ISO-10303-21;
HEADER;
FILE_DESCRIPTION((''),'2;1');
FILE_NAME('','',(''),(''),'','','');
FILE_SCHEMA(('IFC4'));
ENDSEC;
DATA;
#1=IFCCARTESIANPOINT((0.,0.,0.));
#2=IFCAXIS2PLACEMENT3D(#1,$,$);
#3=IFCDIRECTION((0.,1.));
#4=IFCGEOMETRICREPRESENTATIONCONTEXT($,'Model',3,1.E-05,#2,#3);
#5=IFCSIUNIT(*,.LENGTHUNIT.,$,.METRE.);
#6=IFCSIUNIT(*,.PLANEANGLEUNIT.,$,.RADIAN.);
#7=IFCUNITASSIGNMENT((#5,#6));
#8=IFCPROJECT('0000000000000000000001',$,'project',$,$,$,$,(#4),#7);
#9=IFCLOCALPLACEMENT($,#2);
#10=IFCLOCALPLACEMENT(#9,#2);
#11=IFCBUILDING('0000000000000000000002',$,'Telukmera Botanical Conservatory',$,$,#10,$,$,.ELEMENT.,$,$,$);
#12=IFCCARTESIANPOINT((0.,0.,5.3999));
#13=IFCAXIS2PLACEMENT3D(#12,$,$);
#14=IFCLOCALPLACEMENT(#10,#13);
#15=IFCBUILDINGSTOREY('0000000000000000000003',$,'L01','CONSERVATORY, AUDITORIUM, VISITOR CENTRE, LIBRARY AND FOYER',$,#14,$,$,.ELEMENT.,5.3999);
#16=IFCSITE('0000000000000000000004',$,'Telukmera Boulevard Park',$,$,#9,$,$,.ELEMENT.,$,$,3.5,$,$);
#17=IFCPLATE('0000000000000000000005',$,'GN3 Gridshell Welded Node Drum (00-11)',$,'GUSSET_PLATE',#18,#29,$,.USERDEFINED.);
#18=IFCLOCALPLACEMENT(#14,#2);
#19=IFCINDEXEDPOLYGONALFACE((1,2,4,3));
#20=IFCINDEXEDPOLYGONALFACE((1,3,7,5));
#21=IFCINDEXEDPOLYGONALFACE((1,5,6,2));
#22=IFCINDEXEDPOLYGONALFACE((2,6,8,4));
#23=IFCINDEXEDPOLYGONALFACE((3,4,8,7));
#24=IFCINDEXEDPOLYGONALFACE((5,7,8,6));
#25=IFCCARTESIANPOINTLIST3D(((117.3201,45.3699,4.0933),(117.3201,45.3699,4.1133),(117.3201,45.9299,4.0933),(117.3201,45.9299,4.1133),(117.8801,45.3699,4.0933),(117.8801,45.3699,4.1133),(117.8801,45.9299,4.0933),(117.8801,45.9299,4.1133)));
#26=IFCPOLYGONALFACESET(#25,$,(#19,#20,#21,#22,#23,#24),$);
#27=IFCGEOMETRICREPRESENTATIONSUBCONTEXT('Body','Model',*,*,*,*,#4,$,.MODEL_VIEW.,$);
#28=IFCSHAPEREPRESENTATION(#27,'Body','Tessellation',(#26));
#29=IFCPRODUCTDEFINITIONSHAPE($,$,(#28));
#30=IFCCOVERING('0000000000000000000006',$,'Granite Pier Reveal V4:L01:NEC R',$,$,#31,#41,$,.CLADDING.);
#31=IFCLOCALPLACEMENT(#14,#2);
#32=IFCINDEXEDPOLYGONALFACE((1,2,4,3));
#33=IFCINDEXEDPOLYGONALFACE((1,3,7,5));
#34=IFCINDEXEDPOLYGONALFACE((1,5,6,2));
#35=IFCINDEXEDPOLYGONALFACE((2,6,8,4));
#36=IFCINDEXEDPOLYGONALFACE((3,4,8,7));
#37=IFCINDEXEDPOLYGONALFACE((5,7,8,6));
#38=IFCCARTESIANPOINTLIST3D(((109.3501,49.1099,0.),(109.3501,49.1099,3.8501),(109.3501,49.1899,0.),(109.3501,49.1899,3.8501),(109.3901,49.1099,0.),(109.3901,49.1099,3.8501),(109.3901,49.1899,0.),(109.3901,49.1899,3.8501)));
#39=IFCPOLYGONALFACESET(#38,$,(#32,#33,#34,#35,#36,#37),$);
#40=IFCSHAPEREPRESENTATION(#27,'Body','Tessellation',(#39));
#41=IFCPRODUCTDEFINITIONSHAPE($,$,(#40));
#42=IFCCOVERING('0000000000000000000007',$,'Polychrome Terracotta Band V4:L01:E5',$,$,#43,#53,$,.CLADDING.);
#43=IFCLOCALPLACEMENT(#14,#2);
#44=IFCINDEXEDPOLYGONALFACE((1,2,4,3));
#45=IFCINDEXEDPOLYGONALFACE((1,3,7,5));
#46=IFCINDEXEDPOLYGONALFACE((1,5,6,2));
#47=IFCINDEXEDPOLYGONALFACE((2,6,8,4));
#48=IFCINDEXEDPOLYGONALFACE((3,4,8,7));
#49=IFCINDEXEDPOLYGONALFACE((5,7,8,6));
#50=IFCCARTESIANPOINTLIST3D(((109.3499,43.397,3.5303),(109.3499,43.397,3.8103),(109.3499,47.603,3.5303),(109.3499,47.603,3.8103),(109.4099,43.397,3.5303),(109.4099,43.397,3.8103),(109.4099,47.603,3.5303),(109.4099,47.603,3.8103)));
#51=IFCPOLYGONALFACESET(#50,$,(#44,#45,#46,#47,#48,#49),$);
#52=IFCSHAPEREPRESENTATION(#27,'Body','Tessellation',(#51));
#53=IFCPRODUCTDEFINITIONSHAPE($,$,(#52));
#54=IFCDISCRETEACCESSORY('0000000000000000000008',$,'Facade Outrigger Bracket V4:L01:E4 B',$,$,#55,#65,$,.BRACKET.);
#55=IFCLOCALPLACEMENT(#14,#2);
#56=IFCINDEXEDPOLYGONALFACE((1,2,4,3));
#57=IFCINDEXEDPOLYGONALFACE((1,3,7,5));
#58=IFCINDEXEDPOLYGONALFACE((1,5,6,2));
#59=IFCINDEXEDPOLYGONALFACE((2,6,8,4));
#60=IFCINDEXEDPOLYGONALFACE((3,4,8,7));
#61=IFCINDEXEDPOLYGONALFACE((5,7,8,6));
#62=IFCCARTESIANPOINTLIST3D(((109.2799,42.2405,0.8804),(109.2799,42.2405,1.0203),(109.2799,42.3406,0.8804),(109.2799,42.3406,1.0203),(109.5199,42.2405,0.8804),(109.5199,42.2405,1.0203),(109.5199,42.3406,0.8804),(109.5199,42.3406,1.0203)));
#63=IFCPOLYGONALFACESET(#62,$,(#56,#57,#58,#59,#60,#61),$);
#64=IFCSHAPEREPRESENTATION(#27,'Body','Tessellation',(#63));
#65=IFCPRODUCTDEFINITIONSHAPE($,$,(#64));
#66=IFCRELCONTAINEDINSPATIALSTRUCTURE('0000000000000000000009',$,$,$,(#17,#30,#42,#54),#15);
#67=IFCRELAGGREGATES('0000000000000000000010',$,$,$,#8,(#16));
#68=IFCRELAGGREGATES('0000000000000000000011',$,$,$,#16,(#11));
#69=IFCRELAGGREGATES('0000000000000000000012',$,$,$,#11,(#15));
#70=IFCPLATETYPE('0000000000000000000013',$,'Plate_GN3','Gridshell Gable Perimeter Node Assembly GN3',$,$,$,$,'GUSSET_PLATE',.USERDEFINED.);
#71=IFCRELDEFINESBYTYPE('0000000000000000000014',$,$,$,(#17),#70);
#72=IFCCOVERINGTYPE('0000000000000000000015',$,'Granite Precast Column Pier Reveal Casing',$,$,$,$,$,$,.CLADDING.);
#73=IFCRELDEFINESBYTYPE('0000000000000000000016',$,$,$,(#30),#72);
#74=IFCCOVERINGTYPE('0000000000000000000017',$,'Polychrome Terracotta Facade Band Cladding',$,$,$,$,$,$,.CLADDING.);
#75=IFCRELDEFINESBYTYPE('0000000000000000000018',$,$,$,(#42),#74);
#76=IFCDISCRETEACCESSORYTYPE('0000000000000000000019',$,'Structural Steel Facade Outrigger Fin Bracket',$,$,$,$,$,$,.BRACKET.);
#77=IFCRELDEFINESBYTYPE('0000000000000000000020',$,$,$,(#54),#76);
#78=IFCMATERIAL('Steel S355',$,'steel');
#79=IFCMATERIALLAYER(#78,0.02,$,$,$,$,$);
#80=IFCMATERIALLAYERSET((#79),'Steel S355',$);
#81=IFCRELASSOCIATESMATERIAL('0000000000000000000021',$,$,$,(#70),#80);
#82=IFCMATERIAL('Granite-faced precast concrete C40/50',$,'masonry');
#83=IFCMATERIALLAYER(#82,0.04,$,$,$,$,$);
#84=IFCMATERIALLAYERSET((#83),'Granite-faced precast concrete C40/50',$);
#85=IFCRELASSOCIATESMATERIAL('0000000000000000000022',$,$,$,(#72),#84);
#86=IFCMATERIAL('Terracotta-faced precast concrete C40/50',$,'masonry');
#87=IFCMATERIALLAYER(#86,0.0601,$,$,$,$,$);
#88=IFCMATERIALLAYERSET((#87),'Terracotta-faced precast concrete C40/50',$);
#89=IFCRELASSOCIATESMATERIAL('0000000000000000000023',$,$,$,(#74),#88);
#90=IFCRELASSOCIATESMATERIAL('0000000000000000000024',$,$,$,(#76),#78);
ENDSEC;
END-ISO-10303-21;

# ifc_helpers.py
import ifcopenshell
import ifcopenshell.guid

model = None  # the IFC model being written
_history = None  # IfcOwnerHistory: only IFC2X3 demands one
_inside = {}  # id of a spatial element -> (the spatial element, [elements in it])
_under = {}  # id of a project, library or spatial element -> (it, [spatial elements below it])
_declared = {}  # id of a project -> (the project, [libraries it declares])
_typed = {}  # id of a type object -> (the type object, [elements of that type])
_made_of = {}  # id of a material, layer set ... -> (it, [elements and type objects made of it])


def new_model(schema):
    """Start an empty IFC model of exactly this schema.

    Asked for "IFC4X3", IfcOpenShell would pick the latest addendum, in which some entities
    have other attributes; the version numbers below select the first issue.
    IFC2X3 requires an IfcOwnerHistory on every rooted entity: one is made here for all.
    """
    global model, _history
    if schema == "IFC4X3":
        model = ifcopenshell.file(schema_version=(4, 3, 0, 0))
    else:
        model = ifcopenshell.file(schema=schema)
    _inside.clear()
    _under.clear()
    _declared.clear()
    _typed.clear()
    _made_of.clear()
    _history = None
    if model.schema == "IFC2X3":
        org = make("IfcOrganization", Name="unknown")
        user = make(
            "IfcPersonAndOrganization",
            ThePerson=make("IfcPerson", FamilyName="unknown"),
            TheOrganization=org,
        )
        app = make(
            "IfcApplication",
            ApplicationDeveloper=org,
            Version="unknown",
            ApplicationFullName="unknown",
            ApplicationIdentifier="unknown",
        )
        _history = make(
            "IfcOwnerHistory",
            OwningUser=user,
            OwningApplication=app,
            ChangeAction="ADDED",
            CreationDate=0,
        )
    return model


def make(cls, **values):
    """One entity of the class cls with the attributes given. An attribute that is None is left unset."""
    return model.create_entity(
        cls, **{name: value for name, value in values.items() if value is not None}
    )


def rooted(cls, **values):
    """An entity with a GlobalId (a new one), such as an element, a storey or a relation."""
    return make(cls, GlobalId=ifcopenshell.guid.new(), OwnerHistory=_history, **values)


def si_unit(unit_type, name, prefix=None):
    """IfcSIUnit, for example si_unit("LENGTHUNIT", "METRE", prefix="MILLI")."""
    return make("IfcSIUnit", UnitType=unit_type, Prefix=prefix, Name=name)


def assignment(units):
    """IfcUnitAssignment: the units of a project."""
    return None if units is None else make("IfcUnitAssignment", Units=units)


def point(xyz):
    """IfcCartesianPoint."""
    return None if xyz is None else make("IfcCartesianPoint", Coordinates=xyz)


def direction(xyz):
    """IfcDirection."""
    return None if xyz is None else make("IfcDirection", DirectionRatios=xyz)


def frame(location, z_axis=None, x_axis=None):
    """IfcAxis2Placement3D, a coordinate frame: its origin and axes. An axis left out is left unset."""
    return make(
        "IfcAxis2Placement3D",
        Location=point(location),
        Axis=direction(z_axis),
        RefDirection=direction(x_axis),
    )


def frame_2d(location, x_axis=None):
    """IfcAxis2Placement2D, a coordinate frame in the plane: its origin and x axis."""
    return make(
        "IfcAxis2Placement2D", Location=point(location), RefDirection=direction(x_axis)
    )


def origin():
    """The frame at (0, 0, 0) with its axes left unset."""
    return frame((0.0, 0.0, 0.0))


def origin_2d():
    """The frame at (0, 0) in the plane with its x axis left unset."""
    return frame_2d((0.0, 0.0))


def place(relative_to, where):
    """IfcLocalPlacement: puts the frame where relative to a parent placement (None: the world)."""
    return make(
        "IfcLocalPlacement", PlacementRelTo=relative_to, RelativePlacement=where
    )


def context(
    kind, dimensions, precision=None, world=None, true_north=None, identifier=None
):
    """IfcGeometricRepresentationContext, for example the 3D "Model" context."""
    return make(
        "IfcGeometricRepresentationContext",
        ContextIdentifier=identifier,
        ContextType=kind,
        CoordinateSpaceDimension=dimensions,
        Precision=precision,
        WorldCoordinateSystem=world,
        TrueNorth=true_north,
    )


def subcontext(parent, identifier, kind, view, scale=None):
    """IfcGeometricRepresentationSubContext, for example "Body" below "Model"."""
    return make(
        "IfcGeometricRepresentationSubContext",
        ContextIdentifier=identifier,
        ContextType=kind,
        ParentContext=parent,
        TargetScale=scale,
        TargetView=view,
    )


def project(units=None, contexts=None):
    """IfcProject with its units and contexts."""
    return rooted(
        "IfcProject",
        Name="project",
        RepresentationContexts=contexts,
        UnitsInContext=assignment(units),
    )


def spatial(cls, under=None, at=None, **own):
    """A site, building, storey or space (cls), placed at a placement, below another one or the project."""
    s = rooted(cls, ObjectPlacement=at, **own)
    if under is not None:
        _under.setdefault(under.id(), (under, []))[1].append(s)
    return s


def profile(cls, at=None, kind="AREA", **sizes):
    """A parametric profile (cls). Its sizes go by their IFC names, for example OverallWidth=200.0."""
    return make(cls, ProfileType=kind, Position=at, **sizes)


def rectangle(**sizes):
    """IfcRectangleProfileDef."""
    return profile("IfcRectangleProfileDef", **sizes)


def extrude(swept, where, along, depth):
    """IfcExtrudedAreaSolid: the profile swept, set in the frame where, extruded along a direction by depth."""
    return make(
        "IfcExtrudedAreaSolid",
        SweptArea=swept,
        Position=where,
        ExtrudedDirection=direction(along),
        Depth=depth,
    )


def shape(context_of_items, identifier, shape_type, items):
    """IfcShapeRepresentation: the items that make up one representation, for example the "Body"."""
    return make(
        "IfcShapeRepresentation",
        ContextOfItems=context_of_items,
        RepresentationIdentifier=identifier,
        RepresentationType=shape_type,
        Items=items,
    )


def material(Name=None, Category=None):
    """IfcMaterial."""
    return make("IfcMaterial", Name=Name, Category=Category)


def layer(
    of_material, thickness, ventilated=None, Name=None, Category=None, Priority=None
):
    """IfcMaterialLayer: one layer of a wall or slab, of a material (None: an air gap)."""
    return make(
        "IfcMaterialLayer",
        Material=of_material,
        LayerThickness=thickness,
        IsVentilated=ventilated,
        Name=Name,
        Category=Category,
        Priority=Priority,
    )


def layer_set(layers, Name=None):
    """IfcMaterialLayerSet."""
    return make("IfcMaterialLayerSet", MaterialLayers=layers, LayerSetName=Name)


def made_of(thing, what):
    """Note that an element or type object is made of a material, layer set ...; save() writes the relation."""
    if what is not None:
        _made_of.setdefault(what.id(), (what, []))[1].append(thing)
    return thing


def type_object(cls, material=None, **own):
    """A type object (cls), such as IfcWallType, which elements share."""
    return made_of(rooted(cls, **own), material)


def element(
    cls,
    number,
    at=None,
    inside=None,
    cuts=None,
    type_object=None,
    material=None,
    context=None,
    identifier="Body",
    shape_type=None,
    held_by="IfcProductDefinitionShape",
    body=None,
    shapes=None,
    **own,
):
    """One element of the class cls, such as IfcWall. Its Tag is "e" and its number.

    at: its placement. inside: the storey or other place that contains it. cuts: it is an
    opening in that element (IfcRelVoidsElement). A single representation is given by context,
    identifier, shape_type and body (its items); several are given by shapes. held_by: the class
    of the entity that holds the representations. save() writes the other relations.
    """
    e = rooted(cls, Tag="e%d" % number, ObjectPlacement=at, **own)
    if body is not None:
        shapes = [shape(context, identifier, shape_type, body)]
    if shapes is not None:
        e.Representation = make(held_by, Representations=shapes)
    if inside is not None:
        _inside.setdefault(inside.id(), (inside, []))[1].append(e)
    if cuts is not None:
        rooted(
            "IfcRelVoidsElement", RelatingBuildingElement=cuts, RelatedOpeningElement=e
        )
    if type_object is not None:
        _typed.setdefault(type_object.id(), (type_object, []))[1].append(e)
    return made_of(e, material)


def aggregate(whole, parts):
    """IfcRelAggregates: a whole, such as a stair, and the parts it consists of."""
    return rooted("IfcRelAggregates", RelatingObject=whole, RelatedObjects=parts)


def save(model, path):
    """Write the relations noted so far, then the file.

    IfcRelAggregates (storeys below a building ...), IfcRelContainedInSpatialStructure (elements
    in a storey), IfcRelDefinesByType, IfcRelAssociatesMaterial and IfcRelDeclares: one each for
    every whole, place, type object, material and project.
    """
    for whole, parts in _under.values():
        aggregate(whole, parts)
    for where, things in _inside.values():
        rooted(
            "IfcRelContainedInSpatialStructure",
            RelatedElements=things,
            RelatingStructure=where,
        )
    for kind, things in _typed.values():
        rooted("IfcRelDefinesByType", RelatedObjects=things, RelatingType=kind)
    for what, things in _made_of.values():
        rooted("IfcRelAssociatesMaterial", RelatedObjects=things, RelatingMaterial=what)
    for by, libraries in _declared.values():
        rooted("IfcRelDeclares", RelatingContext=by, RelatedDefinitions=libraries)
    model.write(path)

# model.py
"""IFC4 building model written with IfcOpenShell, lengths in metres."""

from ifc_helpers import new_model, si_unit, direction, frame, origin, origin_2d, place, context, subcontext, project, spatial, rectangle, extrude, material, layer, layer_set, type_object, element, save


model = new_model("IFC4")

# Units and contexts
model_context = context("Model", 3, precision=1e-05, world=origin(), true_north=direction((0.0, 1.0)))
body_context = subcontext(model_context, "Body", "Model", "MODEL_VIEW")
ifc_project = project(units=[si_unit("LENGTHUNIT", "METRE"), si_unit("PLANEANGLEUNIT", "RADIAN")], contexts=[model_context])

# Site, building, storey
site_placement = place(None, origin())
site = spatial("IfcSite", under=ifc_project, at=site_placement, Name="Telukmera Boulevard Park", CompositionType="ELEMENT", RefElevation=3.5)
building_placement = place(site_placement, origin())
building = spatial("IfcBuilding", under=site, at=building_placement, Name="Telukmera Botanical Conservatory", CompositionType="ELEMENT")
storey_placement = place(building_placement, frame((0.0, 0.0, 5.3999)))
storey = spatial("IfcBuildingStorey", under=building, at=storey_placement, Name="L01", Description="CONSERVATORY, AUDITORIUM, VISITOR CENTRE, LIBRARY AND FOYER", CompositionType="ELEMENT", Elevation=5.3999)

# Shared definitions
ifc_material_1 = material(Name="Steel S355", Category="steel")

# Plate
ifc_layer_1 = layer(ifc_material_1, 0.02)
ifc_layer_set_1 = layer_set([ifc_layer_1], Name="Steel S355")
plate_type_1 = type_object("IfcPlateType", Name="Plate_GN3", Description="Gridshell Gable Perimeter Node Assembly GN3", ElementType="GUSSET_PLATE", PredefinedType="USERDEFINED", material=ifc_layer_set_1)
for number, where, z_axis, x_axis, name in (
    (1, (117.6001, 45.6499, 4.0933), (0.0, 0.0, 1.0), (1.0, 0.0, 0.0), "GN3 Gridshell Welded Node Drum (00-11)"),
):
    element("IfcPlate", number, at=place(storey_placement, frame(where, z_axis=z_axis, x_axis=x_axis)), inside=storey, type_object=plate_type_1, Name=name, ObjectType="GUSSET_PLATE", PredefinedType="USERDEFINED", context=body_context, shape_type="SweptSolid", body=[
        extrude(rectangle(XDim=0.5601, YDim=0.5601, at=origin_2d()), origin(), (0.0, 0.0, 1.0), 0.02),
    ])

# Coverings
ifc_material_2 = material(Name="Granite-faced precast concrete C40/50", Category="masonry")
ifc_layer_2 = layer(ifc_material_2, 0.04)
ifc_layer_set_2 = layer_set([ifc_layer_2], Name="Granite-faced precast concrete C40/50")
covering_type_1 = type_object("IfcCoveringType", Name="Granite Precast Column Pier Reveal Casing", PredefinedType="CLADDING", material=ifc_layer_set_2)
covering_1_placement = place(storey_placement, frame((109.3701, 49.1499, 0.0), z_axis=(0.0, 0.0, 1.0), x_axis=(0.0, 1.0, 0.0)))
element("IfcCovering", 2, at=covering_1_placement, inside=storey, type_object=covering_type_1, Name="Granite Pier Reveal V4:L01:NEC R", PredefinedType="CLADDING", context=body_context, shape_type="SweptSolid", body=[
    extrude(rectangle(XDim=0.0801, YDim=0.04, at=origin_2d()), origin(), (0.0, 0.0, 1.0), 3.8501),
])
ifc_material_3 = material(Name="Terracotta-faced precast concrete C40/50", Category="masonry")
ifc_layer_3 = layer(ifc_material_3, 0.0601)
ifc_layer_set_3 = layer_set([ifc_layer_3], Name="Terracotta-faced precast concrete C40/50")
covering_type_2 = type_object("IfcCoveringType", Name="Polychrome Terracotta Facade Band Cladding", PredefinedType="CLADDING", material=ifc_layer_set_3)
covering_2_placement = place(storey_placement, frame((109.3799, 45.5, 3.5303), z_axis=(0.0, 0.0, 1.0), x_axis=(0.0, 1.0, 0.0)))
element("IfcCovering", 3, at=covering_2_placement, inside=storey, type_object=covering_type_2, Name="Polychrome Terracotta Band V4:L01:E5", PredefinedType="CLADDING", context=body_context, shape_type="SweptSolid", body=[
    extrude(rectangle(XDim=4.2061, YDim=0.0601, at=origin_2d()), origin(), (0.0, 0.0, 1.0), 0.28),
])

# Discrete accessory
discrete_accessory_type = type_object("IfcDiscreteAccessoryType", Name="Structural Steel Facade Outrigger Fin Bracket", PredefinedType="BRACKET", material=ifc_material_1)
discrete_accessory_placement = place(storey_placement, frame((109.3999, 42.2905, 0.8804), z_axis=(0.0, 0.0, 1.0), x_axis=(0.0, 1.0, 0.0)))
element("IfcDiscreteAccessory", 4, at=discrete_accessory_placement, inside=storey, type_object=discrete_accessory_type, Name="Facade Outrigger Bracket V4:L01:E4 B", PredefinedType="BRACKET", context=body_context, shape_type="SweptSolid", body=[
    extrude(rectangle(XDim=0.1001, YDim=0.24, at=origin_2d()), origin(), (0.0, 0.0, 1.0), 0.1399),
])

save(model, "model.ifc")
